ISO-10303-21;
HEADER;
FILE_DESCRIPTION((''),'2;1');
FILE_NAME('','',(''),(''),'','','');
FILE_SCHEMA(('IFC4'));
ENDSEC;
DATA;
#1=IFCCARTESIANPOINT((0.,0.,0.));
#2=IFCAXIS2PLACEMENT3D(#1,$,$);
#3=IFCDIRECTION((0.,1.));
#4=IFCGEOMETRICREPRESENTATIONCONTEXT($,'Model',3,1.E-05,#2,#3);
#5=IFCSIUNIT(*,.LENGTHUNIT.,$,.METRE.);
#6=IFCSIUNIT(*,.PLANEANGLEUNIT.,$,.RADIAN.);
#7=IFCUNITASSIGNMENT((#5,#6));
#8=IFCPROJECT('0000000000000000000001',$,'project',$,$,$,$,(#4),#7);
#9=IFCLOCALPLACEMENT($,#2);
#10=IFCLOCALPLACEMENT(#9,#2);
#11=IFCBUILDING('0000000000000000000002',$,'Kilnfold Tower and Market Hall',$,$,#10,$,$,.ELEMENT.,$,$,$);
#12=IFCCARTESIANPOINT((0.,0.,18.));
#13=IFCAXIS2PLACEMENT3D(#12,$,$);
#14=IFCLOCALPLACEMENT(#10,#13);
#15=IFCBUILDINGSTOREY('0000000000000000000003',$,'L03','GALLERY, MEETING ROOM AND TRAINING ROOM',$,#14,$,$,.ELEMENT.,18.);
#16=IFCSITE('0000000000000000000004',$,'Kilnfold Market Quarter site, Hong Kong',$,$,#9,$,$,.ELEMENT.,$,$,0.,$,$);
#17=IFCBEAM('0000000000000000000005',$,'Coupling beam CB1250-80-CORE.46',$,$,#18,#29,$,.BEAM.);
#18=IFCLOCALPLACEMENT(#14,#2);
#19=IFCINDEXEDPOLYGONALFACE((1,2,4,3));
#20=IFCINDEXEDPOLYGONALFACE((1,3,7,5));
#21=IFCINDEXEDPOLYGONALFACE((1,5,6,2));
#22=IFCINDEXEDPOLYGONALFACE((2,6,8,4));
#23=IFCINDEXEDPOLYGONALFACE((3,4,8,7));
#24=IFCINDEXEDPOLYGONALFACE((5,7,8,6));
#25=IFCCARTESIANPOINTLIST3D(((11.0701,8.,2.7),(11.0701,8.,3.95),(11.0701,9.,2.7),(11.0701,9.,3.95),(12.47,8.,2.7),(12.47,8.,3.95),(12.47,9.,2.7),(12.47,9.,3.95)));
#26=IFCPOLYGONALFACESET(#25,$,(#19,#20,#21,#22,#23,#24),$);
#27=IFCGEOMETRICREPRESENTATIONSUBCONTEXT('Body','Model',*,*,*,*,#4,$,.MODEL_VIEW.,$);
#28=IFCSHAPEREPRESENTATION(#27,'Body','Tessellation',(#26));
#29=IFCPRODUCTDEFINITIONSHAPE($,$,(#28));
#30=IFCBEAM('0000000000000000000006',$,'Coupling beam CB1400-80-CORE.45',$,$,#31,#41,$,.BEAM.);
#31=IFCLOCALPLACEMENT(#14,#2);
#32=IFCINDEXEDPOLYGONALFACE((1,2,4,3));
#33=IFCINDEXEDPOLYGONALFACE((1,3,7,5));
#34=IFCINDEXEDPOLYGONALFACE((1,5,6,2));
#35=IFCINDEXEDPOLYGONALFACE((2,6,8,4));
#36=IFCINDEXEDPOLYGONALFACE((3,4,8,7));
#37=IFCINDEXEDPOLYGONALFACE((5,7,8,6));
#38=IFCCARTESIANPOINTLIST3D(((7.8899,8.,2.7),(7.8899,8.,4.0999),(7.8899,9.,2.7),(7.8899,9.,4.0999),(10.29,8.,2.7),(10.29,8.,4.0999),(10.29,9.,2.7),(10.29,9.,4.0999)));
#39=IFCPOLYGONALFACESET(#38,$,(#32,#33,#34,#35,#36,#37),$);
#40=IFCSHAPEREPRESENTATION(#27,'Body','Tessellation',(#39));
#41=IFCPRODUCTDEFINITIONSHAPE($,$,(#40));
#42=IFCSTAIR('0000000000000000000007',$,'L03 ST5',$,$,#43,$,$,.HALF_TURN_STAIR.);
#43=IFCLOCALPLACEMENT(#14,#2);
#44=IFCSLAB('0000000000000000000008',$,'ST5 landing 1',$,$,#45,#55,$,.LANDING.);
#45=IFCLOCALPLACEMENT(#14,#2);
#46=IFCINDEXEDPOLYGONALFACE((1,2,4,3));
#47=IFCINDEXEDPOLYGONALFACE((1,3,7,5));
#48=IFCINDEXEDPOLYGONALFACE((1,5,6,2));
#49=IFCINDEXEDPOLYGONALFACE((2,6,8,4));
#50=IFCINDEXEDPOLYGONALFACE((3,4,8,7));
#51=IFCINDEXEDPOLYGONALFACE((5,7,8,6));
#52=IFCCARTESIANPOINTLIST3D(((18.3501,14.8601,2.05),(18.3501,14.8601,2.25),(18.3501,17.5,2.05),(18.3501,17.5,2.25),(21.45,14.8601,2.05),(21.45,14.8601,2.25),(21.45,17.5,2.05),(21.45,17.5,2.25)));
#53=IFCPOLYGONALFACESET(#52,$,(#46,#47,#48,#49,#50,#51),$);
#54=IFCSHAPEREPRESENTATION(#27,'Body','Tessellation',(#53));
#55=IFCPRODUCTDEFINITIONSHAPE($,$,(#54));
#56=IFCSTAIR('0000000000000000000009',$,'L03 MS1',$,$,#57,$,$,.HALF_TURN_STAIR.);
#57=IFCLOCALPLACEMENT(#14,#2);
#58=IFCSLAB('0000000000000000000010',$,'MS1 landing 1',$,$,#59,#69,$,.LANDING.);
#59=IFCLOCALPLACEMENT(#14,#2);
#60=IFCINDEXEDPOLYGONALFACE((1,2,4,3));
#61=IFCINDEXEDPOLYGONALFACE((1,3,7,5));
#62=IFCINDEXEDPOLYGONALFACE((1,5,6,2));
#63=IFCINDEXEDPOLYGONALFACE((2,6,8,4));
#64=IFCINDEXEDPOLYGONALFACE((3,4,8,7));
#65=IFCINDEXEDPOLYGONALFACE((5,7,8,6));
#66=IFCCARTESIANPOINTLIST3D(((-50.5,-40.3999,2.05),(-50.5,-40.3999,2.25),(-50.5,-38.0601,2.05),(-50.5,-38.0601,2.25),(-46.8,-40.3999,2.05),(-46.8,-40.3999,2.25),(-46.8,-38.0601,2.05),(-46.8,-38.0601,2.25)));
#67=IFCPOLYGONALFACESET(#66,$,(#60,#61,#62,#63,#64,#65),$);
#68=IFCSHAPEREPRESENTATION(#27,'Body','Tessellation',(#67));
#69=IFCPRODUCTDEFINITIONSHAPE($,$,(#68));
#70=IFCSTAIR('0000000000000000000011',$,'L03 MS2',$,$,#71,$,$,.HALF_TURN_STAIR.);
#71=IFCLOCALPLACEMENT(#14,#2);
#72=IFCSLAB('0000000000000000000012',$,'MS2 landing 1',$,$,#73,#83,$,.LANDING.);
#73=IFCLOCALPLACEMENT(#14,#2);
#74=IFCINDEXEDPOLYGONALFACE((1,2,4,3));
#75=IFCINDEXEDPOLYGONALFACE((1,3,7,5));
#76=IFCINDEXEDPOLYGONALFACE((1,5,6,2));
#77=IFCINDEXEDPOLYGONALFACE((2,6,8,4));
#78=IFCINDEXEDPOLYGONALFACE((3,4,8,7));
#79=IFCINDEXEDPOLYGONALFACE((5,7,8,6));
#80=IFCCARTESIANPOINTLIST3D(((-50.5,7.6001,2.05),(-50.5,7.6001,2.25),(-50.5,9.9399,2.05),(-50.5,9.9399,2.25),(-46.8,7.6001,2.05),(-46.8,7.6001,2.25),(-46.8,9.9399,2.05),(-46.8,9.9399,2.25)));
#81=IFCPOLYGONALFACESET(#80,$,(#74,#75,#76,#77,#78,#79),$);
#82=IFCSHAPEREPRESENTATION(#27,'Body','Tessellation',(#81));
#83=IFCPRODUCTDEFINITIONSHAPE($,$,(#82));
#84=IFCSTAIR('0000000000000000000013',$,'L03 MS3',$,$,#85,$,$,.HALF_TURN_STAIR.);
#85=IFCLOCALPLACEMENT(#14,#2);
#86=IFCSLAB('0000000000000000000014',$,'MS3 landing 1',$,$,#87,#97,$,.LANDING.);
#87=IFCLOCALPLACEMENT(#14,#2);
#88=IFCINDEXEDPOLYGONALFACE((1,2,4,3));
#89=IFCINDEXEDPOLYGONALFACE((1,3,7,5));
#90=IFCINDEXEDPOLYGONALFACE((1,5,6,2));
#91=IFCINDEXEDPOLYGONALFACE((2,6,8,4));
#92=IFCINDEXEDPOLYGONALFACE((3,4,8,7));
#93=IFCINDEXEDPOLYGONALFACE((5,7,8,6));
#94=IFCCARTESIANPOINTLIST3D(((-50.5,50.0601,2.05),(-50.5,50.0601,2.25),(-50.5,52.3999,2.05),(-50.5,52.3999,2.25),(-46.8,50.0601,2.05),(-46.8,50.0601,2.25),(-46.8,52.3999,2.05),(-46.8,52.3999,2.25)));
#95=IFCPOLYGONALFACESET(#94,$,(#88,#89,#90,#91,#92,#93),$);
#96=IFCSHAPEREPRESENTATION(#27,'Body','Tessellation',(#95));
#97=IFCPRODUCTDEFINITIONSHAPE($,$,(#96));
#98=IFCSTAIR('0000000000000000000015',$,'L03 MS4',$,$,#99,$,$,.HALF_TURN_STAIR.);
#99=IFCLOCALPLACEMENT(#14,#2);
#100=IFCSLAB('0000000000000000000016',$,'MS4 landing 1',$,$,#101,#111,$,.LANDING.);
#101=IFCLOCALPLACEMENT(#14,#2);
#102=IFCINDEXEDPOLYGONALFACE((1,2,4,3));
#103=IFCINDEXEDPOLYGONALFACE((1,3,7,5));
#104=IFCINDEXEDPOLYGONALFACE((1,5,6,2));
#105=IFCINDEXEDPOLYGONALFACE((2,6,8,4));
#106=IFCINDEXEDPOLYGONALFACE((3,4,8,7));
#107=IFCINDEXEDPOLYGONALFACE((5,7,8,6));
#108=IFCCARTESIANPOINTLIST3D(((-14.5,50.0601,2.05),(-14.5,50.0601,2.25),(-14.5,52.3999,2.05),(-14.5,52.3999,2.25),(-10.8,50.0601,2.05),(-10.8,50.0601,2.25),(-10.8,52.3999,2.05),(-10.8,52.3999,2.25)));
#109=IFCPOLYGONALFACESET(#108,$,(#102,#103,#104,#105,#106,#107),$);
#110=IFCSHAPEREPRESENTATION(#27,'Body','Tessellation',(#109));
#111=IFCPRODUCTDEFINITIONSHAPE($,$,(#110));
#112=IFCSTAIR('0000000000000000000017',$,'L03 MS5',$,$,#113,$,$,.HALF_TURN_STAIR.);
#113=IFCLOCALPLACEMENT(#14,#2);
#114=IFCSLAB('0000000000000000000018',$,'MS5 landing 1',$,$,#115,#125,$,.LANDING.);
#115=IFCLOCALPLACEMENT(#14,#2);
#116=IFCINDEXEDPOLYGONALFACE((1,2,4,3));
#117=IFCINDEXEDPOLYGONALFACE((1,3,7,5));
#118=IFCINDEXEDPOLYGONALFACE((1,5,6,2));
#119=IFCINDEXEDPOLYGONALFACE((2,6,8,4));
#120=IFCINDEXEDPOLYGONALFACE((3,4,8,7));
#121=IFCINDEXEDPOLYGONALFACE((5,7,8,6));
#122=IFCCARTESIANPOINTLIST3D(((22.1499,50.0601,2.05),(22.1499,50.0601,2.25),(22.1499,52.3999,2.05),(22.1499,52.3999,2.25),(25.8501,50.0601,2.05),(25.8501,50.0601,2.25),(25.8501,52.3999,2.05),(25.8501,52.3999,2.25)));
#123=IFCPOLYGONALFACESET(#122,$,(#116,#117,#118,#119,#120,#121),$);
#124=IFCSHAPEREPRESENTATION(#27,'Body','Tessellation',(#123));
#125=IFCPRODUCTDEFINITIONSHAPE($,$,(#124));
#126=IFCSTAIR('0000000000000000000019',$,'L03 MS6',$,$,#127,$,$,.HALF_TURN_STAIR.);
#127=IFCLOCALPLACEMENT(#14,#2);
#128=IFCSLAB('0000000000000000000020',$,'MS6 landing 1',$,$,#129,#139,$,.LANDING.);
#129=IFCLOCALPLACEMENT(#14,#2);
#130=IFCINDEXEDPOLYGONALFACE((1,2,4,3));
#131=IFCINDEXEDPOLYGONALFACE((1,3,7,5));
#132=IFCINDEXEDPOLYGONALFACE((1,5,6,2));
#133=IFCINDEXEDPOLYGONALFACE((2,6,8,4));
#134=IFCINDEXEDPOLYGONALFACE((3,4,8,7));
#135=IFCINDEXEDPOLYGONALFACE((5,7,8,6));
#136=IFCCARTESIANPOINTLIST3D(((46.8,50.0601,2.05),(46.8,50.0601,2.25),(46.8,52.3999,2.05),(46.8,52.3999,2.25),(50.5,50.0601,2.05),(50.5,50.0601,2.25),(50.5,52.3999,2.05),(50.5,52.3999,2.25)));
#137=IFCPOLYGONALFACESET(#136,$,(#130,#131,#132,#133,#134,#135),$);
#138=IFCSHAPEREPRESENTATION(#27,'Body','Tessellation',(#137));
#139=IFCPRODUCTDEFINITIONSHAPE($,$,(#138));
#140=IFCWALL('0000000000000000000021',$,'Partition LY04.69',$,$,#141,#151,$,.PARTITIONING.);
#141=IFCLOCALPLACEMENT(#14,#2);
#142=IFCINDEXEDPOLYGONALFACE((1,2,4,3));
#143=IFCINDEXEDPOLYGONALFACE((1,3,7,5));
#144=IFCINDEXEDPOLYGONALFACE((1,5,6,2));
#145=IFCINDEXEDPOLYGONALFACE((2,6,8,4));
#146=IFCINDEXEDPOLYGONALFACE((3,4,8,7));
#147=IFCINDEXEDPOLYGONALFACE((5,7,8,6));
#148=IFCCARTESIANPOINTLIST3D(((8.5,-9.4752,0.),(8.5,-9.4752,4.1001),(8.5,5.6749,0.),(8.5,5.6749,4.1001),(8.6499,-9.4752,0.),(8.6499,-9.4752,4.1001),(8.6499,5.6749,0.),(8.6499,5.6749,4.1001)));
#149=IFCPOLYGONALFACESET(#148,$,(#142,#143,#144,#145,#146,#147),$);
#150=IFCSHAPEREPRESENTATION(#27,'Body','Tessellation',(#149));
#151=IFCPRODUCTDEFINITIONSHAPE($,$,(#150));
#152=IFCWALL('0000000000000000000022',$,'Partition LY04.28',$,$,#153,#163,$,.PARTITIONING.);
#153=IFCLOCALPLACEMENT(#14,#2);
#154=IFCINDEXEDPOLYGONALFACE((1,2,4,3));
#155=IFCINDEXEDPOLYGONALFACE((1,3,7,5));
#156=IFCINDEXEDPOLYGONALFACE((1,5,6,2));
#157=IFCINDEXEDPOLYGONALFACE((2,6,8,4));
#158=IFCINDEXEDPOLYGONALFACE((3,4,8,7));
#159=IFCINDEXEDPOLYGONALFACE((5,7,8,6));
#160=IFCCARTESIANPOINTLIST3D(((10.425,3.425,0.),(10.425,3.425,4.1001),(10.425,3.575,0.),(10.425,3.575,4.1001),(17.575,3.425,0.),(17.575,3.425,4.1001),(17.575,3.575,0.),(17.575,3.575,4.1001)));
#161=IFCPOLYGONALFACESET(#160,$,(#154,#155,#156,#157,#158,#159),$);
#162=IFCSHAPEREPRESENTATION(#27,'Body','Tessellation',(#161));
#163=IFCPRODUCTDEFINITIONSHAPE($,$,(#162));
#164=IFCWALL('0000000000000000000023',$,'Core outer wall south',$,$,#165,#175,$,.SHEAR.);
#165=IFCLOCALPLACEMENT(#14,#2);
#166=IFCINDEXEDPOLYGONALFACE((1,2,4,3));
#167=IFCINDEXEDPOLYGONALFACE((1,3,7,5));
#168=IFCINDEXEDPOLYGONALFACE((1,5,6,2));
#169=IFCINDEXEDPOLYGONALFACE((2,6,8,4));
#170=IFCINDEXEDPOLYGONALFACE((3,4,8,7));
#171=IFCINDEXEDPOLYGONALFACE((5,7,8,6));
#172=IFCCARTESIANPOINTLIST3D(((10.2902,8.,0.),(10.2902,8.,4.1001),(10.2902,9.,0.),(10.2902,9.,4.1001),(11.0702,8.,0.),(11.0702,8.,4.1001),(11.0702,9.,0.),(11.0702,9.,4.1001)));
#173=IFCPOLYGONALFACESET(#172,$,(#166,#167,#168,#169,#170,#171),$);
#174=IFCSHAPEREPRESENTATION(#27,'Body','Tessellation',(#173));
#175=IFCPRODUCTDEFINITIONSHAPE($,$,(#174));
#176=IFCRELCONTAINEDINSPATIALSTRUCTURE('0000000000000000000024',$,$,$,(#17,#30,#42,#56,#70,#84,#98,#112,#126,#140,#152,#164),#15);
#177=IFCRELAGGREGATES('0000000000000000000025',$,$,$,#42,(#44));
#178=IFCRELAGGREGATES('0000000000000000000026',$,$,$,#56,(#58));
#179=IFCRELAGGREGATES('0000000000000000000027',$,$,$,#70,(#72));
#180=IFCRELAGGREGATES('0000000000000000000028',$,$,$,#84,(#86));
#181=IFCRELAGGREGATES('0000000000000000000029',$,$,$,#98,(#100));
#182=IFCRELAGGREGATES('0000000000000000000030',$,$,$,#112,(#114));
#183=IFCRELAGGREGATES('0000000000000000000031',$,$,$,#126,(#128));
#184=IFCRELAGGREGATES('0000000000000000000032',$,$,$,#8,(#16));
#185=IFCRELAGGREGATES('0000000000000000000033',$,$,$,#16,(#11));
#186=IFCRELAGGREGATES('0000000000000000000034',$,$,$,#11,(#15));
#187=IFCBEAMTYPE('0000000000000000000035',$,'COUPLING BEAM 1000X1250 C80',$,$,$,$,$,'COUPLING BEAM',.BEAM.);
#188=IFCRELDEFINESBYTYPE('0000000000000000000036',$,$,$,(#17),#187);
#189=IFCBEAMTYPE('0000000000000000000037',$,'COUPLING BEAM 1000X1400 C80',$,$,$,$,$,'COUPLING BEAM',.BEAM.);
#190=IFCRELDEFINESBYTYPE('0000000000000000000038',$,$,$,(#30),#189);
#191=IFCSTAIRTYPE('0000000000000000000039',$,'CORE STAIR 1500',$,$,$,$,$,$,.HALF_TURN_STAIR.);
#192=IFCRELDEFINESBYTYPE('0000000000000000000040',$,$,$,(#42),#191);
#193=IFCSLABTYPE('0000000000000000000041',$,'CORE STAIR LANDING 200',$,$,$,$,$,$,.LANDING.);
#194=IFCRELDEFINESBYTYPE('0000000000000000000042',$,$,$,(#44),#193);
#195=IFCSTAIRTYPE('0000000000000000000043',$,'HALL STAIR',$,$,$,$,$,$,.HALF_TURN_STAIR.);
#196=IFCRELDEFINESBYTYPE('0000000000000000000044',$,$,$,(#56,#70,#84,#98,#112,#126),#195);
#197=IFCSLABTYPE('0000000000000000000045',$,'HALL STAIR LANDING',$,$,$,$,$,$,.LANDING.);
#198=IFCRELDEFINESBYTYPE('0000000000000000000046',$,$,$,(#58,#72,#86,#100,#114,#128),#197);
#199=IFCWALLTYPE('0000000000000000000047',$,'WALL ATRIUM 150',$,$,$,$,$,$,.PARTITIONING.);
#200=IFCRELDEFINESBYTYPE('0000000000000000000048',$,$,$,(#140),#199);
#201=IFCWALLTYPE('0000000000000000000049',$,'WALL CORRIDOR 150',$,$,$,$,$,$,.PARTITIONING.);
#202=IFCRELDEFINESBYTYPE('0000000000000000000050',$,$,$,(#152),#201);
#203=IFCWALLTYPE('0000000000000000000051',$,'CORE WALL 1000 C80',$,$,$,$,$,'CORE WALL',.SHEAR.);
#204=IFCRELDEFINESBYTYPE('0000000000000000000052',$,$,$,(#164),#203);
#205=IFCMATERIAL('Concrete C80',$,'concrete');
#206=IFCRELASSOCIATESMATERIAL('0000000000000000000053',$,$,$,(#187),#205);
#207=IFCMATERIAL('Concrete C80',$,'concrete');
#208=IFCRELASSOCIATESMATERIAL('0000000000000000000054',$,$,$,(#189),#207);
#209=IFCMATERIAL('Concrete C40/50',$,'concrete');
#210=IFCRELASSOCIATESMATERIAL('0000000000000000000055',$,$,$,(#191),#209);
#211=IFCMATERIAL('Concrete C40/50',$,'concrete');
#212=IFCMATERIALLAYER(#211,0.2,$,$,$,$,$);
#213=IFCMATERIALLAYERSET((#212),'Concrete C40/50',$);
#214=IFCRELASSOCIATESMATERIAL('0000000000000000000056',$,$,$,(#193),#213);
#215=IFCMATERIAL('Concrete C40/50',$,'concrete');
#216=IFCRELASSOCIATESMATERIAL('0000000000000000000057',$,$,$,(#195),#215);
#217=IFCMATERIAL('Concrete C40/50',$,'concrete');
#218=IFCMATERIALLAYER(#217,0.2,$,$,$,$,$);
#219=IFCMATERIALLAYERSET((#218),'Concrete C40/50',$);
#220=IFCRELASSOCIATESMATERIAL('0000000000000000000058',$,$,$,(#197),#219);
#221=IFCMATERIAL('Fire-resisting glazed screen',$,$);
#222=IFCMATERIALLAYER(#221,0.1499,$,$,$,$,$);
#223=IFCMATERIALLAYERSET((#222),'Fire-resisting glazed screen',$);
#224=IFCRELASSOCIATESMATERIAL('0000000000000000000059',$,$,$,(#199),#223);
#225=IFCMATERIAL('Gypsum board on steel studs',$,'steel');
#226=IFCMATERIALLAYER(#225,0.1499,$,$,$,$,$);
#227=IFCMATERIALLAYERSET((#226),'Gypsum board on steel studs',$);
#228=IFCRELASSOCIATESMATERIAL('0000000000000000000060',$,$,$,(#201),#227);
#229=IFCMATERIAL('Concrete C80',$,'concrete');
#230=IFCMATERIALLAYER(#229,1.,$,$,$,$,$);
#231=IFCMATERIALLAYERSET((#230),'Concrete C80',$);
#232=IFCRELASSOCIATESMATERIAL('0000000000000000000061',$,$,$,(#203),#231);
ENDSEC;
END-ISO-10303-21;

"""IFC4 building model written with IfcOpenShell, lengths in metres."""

from ifc_helpers import new_model, si_unit, direction, frame, frame_2d, origin, origin_2d, place, context, subcontext, project, spatial, polyline, rectangle, outline, extrude, source, transform, mapped, material, layer, layer_set, material_profile, profile_set, type_object, element, aggregate, save


model = new_model("IFC4")

# Units and contexts
model_context = context("Model", 3, precision=1e-05, world=origin(), true_north=direction((0.0, 1.0)))
body_context = subcontext(model_context, "Body", "Model", "MODEL_VIEW")
ifc_project = project(units=[si_unit("LENGTHUNIT", "METRE"), si_unit("PLANEANGLEUNIT", "RADIAN")], contexts=[model_context])

# Site, building, storey
site_placement = place(None, origin())
site = spatial("IfcSite", under=ifc_project, at=site_placement, Name="Kilnfold Market Quarter site, Hong Kong", CompositionType="ELEMENT", RefElevation=0.0)
building_placement = place(site_placement, origin())
building = spatial("IfcBuilding", under=site, at=building_placement, Name="Kilnfold Tower and Market Hall", CompositionType="ELEMENT")
storey_placement = place(building_placement, frame((0.0, 0.0, 18.0)))
storey = spatial("IfcBuildingStorey", under=building, at=storey_placement, Name="L03", Description="GALLERY, MEETING ROOM AND TRAINING ROOM", CompositionType="ELEMENT", Elevation=18.0)

# Beams
ifc_material_1 = material(Name="Concrete C80", Category="concrete")
ifc_material_profile_1 = material_profile(ifc_material_1, rectangle(XDim=1.0, YDim=1.25, at=origin_2d()), Name="RC 1000x1250")
ifc_profile_set_1 = profile_set([ifc_material_profile_1], Name="Concrete C80")
beam_type_1 = type_object("IfcBeamType", Name="COUPLING BEAM 1000X1250 C80", ElementType="COUPLING BEAM", PredefinedType="BEAM", material=ifc_profile_set_1)
shared_shape_1 = source(origin(), body_context, "Body", "SweptSolid", [
    extrude(rectangle(XDim=1.0, YDim=1.25, at=origin_2d()), origin(), (0.0, 0.0, 1.0), 1.3999),
])
beam_1_placement = place(storey_placement, frame((11.0701, 8.5, 3.325), z_axis=(1.0, 0.0, 0.0), x_axis=(0.0, 1.0, 0.0)))
element("IfcBeam", 1, at=beam_1_placement, inside=storey, type_object=beam_type_1, Name="Coupling beam CB1250-80-CORE.46", PredefinedType="BEAM", context=body_context, shape_type="MappedRepresentation", body=[
    mapped(shared_shape_1, transform((0.0, 0.0, 0.0))),
])
ifc_material_2 = material(Name="Concrete C80", Category="concrete")
ifc_material_profile_2 = material_profile(ifc_material_2, rectangle(XDim=1.0, YDim=1.3999, at=origin_2d()), Name="RC 1000x1400")
ifc_profile_set_2 = profile_set([ifc_material_profile_2], Name="Concrete C80")
beam_type_2 = type_object("IfcBeamType", Name="COUPLING BEAM 1000X1400 C80", ElementType="COUPLING BEAM", PredefinedType="BEAM", material=ifc_profile_set_2)
shared_shape_2 = source(origin(), body_context, "Body", "SweptSolid", [
    extrude(rectangle(XDim=1.0, YDim=1.3999, at=origin_2d()), origin(), (0.0, 0.0, 1.0), 2.4001),
])
beam_2_placement = place(storey_placement, frame((7.8899, 8.5, 3.3999), z_axis=(1.0, 0.0, 0.0), x_axis=(0.0, 1.0, 0.0)))
element("IfcBeam", 2, at=beam_2_placement, inside=storey, type_object=beam_type_2, Name="Coupling beam CB1400-80-CORE.45", PredefinedType="BEAM", context=body_context, shape_type="MappedRepresentation", body=[
    mapped(shared_shape_2, transform((0.0, 0.0, 0.0))),
])

# Stairs, slabs
ifc_material_3 = material(Name="Concrete C40/50", Category="concrete")
stair_type_1 = type_object("IfcStairType", Name="CORE STAIR 1500", PredefinedType="HALF_TURN_STAIR", material=ifc_material_3)
stair_1_placement = place(storey_placement, origin())
stair_1 = element("IfcStair", 3, at=stair_1_placement, inside=storey, type_object=stair_type_1, Name="L03 ST5", PredefinedType="HALF_TURN_STAIR")
ifc_material_4 = material(Name="Concrete C40/50", Category="concrete")
ifc_layer_1 = layer(ifc_material_4, 0.2)
ifc_layer_set_1 = layer_set([ifc_layer_1], Name="Concrete C40/50")
slab_type_1 = type_object("IfcSlabType", Name="CORE STAIR LANDING 200", PredefinedType="LANDING", material=ifc_layer_set_1)
shared_shape_3 = source(origin(), body_context, "Body", "SweptSolid", [
    extrude(outline(polyline([(21.45, 14.8601), (21.45, 17.5), (18.3501, 17.5), (18.3501, 14.8601), (21.45, 14.8601)])), origin(), (0.0, 0.0, 1.0), 0.2),
])
slab_1_placement = place(storey_placement, frame((0.0, 0.0, 2.05)))
slab_1 = element("IfcSlab", 4, at=slab_1_placement, type_object=slab_type_1, Name="ST5 landing 1", PredefinedType="LANDING", context=body_context, shape_type="MappedRepresentation", body=[
    mapped(shared_shape_3, transform((0.0, 0.0, 0.0))),
])
aggregate(stair_1, [slab_1])
ifc_material_5 = material(Name="Concrete C40/50", Category="concrete")
stair_type_2 = type_object("IfcStairType", Name="HALL STAIR", PredefinedType="HALF_TURN_STAIR", material=ifc_material_5)
stair_2_placement = place(storey_placement, origin())
stair_2 = element("IfcStair", 5, at=stair_2_placement, inside=storey, type_object=stair_type_2, Name="L03 MS1", PredefinedType="HALF_TURN_STAIR")
ifc_material_6 = material(Name="Concrete C40/50", Category="concrete")
ifc_layer_2 = layer(ifc_material_6, 0.2)
ifc_layer_set_2 = layer_set([ifc_layer_2], Name="Concrete C40/50")
slab_type_2 = type_object("IfcSlabType", Name="HALL STAIR LANDING", PredefinedType="LANDING", material=ifc_layer_set_2)
shared_shape_4 = source(origin(), body_context, "Body", "SweptSolid", [
    extrude(outline(polyline([(-50.5, -38.0601), (-50.5, -40.3999), (-46.8, -40.3999), (-46.8, -38.0601), (-50.5, -38.0601)])), origin(), (0.0, 0.0, 1.0), 0.2),
])
slab_2_placement = place(storey_placement, frame((0.0, 0.0, 2.05)))
slab_2 = element("IfcSlab", 6, at=slab_2_placement, type_object=slab_type_2, Name="MS1 landing 1", PredefinedType="LANDING", context=body_context, shape_type="MappedRepresentation", body=[
    mapped(shared_shape_4, transform((0.0, 0.0, 0.0))),
])
aggregate(stair_2, [slab_2])
stair_3_placement = place(storey_placement, origin())
stair_3 = element("IfcStair", 7, at=stair_3_placement, inside=storey, type_object=stair_type_2, Name="L03 MS2", PredefinedType="HALF_TURN_STAIR")
shared_shape_5 = source(origin(), body_context, "Body", "SweptSolid", [
    extrude(outline(polyline([(-50.5, 9.9399), (-50.5, 7.6001), (-46.8, 7.6001), (-46.8, 9.9399), (-50.5, 9.9399)])), origin(), (0.0, 0.0, 1.0), 0.2),
])
slab_3_placement = place(storey_placement, frame((0.0, 0.0, 2.05)))
slab_3 = element("IfcSlab", 8, at=slab_3_placement, type_object=slab_type_2, Name="MS2 landing 1", PredefinedType="LANDING", context=body_context, shape_type="MappedRepresentation", body=[
    mapped(shared_shape_5, transform((0.0, 0.0, 0.0))),
])
aggregate(stair_3, [slab_3])
stair_4_placement = place(storey_placement, origin())
stair_4 = element("IfcStair", 9, at=stair_4_placement, inside=storey, type_object=stair_type_2, Name="L03 MS3", PredefinedType="HALF_TURN_STAIR")
shared_shape_6 = source(origin(), body_context, "Body", "SweptSolid", [
    extrude(outline(polyline([(-46.8, 50.0601), (-46.8, 52.3999), (-50.5, 52.3999), (-50.5, 50.0601), (-46.8, 50.0601)])), origin(), (0.0, 0.0, 1.0), 0.2),
])
slab_4_placement = place(storey_placement, frame((0.0, 0.0, 2.05)))
slab_4 = element("IfcSlab", 10, at=slab_4_placement, type_object=slab_type_2, Name="MS3 landing 1", PredefinedType="LANDING", context=body_context, shape_type="MappedRepresentation", body=[
    mapped(shared_shape_6, transform((0.0, 0.0, 0.0))),
])
aggregate(stair_4, [slab_4])
stair_5_placement = place(storey_placement, origin())
stair_5 = element("IfcStair", 11, at=stair_5_placement, inside=storey, type_object=stair_type_2, Name="L03 MS4", PredefinedType="HALF_TURN_STAIR")
shared_shape_7 = source(origin(), body_context, "Body", "SweptSolid", [
    extrude(outline(polyline([(-10.8, 50.0601), (-10.8, 52.3999), (-14.5, 52.3999), (-14.5, 50.0601), (-10.8, 50.0601)])), origin(), (0.0, 0.0, 1.0), 0.2),
])
slab_5_placement = place(storey_placement, frame((0.0, 0.0, 2.05)))
slab_5 = element("IfcSlab", 12, at=slab_5_placement, type_object=slab_type_2, Name="MS4 landing 1", PredefinedType="LANDING", context=body_context, shape_type="MappedRepresentation", body=[
    mapped(shared_shape_7, transform((0.0, 0.0, 0.0))),
])
aggregate(stair_5, [slab_5])
stair_6_placement = place(storey_placement, origin())
stair_6 = element("IfcStair", 13, at=stair_6_placement, inside=storey, type_object=stair_type_2, Name="L03 MS5", PredefinedType="HALF_TURN_STAIR")
shared_shape_8 = source(origin(), body_context, "Body", "SweptSolid", [
    extrude(outline(polyline([(25.8501, 50.0601), (25.8501, 52.3999), (22.1499, 52.3999), (22.1499, 50.0601), (25.8501, 50.0601)])), origin(), (0.0, 0.0, 1.0), 0.2),
])
slab_6_placement = place(storey_placement, frame((0.0, 0.0, 2.05)))
slab_6 = element("IfcSlab", 14, at=slab_6_placement, type_object=slab_type_2, Name="MS5 landing 1", PredefinedType="LANDING", context=body_context, shape_type="MappedRepresentation", body=[
    mapped(shared_shape_8, transform((0.0, 0.0, 0.0))),
])
aggregate(stair_6, [slab_6])
stair_7_placement = place(storey_placement, origin())
stair_7 = element("IfcStair", 15, at=stair_7_placement, inside=storey, type_object=stair_type_2, Name="L03 MS6", PredefinedType="HALF_TURN_STAIR")
shared_shape_9 = source(origin(), body_context, "Body", "SweptSolid", [
    extrude(outline(polyline([(50.5, 50.0601), (50.5, 52.3999), (46.8, 52.3999), (46.8, 50.0601), (50.5, 50.0601)])), origin(), (0.0, 0.0, 1.0), 0.2),
])
slab_7_placement = place(storey_placement, frame((0.0, 0.0, 2.05)))
slab_7 = element("IfcSlab", 16, at=slab_7_placement, type_object=slab_type_2, Name="MS6 landing 1", PredefinedType="LANDING", context=body_context, shape_type="MappedRepresentation", body=[
    mapped(shared_shape_9, transform((0.0, 0.0, 0.0))),
])
aggregate(stair_7, [slab_7])

# Walls
ifc_material_7 = material(Name="Fire-resisting glazed screen")
ifc_layer_3 = layer(ifc_material_7, 0.1499)
ifc_layer_set_3 = layer_set([ifc_layer_3], Name="Fire-resisting glazed screen")
wall_type_1 = type_object("IfcWallType", Name="WALL ATRIUM 150", PredefinedType="PARTITIONING", material=ifc_layer_set_3)
wall_1_placement = place(storey_placement, frame((8.575, 5.675, 0.0), z_axis=(0.0, 0.0, 1.0), x_axis=(0.0, -1.0, 0.0)))
element("IfcWall", 17, at=wall_1_placement, inside=storey, type_object=wall_type_1, Name="Partition LY04.69", PredefinedType="PARTITIONING", context=body_context, shape_type="SweptSolid", body=[
    extrude(rectangle(XDim=15.1501, YDim=0.1499, at=frame_2d((7.5752, 0.0))), origin(), (0.0, 0.0, 1.0), 4.1001),
])
ifc_material_8 = material(Name="Gypsum board on steel studs", Category="steel")
ifc_layer_4 = layer(ifc_material_8, 0.1499)
ifc_layer_set_4 = layer_set([ifc_layer_4], Name="Gypsum board on steel studs")
wall_type_2 = type_object("IfcWallType", Name="WALL CORRIDOR 150", PredefinedType="PARTITIONING", material=ifc_layer_set_4)
wall_2_placement = place(storey_placement, frame((10.425, 3.5, 0.0), z_axis=(0.0, 0.0, 1.0), x_axis=(1.0, 0.0, 0.0)))
element("IfcWall", 18, at=wall_2_placement, inside=storey, type_object=wall_type_2, Name="Partition LY04.28", PredefinedType="PARTITIONING", context=body_context, shape_type="SweptSolid", body=[
    extrude(rectangle(XDim=7.1499, YDim=0.1499, at=frame_2d((3.575, 0.0))), origin(), (0.0, 0.0, 1.0), 4.1001),
])
ifc_material_9 = material(Name="Concrete C80", Category="concrete")
ifc_layer_5 = layer(ifc_material_9, 1.0)
ifc_layer_set_5 = layer_set([ifc_layer_5], Name="Concrete C80")
wall_type_3 = type_object("IfcWallType", Name="CORE WALL 1000 C80", ElementType="CORE WALL", PredefinedType="SHEAR", material=ifc_layer_set_5)
shared_shape_10 = source(origin(), body_context, "Body", "SweptSolid", [
    extrude(rectangle(XDim=0.78, YDim=1.0, at=frame_2d((0.3901, 0.0))), origin(), (0.0, 0.0, 1.0), 4.1001),
])
wall_3_placement = place(storey_placement, frame((10.29, 8.5, 0.0), z_axis=(0.0, 0.0, 1.0), x_axis=(1.0, 0.0, 0.0)))
element("IfcWall", 19, at=wall_3_placement, inside=storey, type_object=wall_type_3, Name="Core outer wall south", PredefinedType="SHEAR", context=body_context, shape_type="MappedRepresentation", body=[
    mapped(shared_shape_10, transform((0.0, 0.0, 0.0))),
])

save(model, "model.ifc")
